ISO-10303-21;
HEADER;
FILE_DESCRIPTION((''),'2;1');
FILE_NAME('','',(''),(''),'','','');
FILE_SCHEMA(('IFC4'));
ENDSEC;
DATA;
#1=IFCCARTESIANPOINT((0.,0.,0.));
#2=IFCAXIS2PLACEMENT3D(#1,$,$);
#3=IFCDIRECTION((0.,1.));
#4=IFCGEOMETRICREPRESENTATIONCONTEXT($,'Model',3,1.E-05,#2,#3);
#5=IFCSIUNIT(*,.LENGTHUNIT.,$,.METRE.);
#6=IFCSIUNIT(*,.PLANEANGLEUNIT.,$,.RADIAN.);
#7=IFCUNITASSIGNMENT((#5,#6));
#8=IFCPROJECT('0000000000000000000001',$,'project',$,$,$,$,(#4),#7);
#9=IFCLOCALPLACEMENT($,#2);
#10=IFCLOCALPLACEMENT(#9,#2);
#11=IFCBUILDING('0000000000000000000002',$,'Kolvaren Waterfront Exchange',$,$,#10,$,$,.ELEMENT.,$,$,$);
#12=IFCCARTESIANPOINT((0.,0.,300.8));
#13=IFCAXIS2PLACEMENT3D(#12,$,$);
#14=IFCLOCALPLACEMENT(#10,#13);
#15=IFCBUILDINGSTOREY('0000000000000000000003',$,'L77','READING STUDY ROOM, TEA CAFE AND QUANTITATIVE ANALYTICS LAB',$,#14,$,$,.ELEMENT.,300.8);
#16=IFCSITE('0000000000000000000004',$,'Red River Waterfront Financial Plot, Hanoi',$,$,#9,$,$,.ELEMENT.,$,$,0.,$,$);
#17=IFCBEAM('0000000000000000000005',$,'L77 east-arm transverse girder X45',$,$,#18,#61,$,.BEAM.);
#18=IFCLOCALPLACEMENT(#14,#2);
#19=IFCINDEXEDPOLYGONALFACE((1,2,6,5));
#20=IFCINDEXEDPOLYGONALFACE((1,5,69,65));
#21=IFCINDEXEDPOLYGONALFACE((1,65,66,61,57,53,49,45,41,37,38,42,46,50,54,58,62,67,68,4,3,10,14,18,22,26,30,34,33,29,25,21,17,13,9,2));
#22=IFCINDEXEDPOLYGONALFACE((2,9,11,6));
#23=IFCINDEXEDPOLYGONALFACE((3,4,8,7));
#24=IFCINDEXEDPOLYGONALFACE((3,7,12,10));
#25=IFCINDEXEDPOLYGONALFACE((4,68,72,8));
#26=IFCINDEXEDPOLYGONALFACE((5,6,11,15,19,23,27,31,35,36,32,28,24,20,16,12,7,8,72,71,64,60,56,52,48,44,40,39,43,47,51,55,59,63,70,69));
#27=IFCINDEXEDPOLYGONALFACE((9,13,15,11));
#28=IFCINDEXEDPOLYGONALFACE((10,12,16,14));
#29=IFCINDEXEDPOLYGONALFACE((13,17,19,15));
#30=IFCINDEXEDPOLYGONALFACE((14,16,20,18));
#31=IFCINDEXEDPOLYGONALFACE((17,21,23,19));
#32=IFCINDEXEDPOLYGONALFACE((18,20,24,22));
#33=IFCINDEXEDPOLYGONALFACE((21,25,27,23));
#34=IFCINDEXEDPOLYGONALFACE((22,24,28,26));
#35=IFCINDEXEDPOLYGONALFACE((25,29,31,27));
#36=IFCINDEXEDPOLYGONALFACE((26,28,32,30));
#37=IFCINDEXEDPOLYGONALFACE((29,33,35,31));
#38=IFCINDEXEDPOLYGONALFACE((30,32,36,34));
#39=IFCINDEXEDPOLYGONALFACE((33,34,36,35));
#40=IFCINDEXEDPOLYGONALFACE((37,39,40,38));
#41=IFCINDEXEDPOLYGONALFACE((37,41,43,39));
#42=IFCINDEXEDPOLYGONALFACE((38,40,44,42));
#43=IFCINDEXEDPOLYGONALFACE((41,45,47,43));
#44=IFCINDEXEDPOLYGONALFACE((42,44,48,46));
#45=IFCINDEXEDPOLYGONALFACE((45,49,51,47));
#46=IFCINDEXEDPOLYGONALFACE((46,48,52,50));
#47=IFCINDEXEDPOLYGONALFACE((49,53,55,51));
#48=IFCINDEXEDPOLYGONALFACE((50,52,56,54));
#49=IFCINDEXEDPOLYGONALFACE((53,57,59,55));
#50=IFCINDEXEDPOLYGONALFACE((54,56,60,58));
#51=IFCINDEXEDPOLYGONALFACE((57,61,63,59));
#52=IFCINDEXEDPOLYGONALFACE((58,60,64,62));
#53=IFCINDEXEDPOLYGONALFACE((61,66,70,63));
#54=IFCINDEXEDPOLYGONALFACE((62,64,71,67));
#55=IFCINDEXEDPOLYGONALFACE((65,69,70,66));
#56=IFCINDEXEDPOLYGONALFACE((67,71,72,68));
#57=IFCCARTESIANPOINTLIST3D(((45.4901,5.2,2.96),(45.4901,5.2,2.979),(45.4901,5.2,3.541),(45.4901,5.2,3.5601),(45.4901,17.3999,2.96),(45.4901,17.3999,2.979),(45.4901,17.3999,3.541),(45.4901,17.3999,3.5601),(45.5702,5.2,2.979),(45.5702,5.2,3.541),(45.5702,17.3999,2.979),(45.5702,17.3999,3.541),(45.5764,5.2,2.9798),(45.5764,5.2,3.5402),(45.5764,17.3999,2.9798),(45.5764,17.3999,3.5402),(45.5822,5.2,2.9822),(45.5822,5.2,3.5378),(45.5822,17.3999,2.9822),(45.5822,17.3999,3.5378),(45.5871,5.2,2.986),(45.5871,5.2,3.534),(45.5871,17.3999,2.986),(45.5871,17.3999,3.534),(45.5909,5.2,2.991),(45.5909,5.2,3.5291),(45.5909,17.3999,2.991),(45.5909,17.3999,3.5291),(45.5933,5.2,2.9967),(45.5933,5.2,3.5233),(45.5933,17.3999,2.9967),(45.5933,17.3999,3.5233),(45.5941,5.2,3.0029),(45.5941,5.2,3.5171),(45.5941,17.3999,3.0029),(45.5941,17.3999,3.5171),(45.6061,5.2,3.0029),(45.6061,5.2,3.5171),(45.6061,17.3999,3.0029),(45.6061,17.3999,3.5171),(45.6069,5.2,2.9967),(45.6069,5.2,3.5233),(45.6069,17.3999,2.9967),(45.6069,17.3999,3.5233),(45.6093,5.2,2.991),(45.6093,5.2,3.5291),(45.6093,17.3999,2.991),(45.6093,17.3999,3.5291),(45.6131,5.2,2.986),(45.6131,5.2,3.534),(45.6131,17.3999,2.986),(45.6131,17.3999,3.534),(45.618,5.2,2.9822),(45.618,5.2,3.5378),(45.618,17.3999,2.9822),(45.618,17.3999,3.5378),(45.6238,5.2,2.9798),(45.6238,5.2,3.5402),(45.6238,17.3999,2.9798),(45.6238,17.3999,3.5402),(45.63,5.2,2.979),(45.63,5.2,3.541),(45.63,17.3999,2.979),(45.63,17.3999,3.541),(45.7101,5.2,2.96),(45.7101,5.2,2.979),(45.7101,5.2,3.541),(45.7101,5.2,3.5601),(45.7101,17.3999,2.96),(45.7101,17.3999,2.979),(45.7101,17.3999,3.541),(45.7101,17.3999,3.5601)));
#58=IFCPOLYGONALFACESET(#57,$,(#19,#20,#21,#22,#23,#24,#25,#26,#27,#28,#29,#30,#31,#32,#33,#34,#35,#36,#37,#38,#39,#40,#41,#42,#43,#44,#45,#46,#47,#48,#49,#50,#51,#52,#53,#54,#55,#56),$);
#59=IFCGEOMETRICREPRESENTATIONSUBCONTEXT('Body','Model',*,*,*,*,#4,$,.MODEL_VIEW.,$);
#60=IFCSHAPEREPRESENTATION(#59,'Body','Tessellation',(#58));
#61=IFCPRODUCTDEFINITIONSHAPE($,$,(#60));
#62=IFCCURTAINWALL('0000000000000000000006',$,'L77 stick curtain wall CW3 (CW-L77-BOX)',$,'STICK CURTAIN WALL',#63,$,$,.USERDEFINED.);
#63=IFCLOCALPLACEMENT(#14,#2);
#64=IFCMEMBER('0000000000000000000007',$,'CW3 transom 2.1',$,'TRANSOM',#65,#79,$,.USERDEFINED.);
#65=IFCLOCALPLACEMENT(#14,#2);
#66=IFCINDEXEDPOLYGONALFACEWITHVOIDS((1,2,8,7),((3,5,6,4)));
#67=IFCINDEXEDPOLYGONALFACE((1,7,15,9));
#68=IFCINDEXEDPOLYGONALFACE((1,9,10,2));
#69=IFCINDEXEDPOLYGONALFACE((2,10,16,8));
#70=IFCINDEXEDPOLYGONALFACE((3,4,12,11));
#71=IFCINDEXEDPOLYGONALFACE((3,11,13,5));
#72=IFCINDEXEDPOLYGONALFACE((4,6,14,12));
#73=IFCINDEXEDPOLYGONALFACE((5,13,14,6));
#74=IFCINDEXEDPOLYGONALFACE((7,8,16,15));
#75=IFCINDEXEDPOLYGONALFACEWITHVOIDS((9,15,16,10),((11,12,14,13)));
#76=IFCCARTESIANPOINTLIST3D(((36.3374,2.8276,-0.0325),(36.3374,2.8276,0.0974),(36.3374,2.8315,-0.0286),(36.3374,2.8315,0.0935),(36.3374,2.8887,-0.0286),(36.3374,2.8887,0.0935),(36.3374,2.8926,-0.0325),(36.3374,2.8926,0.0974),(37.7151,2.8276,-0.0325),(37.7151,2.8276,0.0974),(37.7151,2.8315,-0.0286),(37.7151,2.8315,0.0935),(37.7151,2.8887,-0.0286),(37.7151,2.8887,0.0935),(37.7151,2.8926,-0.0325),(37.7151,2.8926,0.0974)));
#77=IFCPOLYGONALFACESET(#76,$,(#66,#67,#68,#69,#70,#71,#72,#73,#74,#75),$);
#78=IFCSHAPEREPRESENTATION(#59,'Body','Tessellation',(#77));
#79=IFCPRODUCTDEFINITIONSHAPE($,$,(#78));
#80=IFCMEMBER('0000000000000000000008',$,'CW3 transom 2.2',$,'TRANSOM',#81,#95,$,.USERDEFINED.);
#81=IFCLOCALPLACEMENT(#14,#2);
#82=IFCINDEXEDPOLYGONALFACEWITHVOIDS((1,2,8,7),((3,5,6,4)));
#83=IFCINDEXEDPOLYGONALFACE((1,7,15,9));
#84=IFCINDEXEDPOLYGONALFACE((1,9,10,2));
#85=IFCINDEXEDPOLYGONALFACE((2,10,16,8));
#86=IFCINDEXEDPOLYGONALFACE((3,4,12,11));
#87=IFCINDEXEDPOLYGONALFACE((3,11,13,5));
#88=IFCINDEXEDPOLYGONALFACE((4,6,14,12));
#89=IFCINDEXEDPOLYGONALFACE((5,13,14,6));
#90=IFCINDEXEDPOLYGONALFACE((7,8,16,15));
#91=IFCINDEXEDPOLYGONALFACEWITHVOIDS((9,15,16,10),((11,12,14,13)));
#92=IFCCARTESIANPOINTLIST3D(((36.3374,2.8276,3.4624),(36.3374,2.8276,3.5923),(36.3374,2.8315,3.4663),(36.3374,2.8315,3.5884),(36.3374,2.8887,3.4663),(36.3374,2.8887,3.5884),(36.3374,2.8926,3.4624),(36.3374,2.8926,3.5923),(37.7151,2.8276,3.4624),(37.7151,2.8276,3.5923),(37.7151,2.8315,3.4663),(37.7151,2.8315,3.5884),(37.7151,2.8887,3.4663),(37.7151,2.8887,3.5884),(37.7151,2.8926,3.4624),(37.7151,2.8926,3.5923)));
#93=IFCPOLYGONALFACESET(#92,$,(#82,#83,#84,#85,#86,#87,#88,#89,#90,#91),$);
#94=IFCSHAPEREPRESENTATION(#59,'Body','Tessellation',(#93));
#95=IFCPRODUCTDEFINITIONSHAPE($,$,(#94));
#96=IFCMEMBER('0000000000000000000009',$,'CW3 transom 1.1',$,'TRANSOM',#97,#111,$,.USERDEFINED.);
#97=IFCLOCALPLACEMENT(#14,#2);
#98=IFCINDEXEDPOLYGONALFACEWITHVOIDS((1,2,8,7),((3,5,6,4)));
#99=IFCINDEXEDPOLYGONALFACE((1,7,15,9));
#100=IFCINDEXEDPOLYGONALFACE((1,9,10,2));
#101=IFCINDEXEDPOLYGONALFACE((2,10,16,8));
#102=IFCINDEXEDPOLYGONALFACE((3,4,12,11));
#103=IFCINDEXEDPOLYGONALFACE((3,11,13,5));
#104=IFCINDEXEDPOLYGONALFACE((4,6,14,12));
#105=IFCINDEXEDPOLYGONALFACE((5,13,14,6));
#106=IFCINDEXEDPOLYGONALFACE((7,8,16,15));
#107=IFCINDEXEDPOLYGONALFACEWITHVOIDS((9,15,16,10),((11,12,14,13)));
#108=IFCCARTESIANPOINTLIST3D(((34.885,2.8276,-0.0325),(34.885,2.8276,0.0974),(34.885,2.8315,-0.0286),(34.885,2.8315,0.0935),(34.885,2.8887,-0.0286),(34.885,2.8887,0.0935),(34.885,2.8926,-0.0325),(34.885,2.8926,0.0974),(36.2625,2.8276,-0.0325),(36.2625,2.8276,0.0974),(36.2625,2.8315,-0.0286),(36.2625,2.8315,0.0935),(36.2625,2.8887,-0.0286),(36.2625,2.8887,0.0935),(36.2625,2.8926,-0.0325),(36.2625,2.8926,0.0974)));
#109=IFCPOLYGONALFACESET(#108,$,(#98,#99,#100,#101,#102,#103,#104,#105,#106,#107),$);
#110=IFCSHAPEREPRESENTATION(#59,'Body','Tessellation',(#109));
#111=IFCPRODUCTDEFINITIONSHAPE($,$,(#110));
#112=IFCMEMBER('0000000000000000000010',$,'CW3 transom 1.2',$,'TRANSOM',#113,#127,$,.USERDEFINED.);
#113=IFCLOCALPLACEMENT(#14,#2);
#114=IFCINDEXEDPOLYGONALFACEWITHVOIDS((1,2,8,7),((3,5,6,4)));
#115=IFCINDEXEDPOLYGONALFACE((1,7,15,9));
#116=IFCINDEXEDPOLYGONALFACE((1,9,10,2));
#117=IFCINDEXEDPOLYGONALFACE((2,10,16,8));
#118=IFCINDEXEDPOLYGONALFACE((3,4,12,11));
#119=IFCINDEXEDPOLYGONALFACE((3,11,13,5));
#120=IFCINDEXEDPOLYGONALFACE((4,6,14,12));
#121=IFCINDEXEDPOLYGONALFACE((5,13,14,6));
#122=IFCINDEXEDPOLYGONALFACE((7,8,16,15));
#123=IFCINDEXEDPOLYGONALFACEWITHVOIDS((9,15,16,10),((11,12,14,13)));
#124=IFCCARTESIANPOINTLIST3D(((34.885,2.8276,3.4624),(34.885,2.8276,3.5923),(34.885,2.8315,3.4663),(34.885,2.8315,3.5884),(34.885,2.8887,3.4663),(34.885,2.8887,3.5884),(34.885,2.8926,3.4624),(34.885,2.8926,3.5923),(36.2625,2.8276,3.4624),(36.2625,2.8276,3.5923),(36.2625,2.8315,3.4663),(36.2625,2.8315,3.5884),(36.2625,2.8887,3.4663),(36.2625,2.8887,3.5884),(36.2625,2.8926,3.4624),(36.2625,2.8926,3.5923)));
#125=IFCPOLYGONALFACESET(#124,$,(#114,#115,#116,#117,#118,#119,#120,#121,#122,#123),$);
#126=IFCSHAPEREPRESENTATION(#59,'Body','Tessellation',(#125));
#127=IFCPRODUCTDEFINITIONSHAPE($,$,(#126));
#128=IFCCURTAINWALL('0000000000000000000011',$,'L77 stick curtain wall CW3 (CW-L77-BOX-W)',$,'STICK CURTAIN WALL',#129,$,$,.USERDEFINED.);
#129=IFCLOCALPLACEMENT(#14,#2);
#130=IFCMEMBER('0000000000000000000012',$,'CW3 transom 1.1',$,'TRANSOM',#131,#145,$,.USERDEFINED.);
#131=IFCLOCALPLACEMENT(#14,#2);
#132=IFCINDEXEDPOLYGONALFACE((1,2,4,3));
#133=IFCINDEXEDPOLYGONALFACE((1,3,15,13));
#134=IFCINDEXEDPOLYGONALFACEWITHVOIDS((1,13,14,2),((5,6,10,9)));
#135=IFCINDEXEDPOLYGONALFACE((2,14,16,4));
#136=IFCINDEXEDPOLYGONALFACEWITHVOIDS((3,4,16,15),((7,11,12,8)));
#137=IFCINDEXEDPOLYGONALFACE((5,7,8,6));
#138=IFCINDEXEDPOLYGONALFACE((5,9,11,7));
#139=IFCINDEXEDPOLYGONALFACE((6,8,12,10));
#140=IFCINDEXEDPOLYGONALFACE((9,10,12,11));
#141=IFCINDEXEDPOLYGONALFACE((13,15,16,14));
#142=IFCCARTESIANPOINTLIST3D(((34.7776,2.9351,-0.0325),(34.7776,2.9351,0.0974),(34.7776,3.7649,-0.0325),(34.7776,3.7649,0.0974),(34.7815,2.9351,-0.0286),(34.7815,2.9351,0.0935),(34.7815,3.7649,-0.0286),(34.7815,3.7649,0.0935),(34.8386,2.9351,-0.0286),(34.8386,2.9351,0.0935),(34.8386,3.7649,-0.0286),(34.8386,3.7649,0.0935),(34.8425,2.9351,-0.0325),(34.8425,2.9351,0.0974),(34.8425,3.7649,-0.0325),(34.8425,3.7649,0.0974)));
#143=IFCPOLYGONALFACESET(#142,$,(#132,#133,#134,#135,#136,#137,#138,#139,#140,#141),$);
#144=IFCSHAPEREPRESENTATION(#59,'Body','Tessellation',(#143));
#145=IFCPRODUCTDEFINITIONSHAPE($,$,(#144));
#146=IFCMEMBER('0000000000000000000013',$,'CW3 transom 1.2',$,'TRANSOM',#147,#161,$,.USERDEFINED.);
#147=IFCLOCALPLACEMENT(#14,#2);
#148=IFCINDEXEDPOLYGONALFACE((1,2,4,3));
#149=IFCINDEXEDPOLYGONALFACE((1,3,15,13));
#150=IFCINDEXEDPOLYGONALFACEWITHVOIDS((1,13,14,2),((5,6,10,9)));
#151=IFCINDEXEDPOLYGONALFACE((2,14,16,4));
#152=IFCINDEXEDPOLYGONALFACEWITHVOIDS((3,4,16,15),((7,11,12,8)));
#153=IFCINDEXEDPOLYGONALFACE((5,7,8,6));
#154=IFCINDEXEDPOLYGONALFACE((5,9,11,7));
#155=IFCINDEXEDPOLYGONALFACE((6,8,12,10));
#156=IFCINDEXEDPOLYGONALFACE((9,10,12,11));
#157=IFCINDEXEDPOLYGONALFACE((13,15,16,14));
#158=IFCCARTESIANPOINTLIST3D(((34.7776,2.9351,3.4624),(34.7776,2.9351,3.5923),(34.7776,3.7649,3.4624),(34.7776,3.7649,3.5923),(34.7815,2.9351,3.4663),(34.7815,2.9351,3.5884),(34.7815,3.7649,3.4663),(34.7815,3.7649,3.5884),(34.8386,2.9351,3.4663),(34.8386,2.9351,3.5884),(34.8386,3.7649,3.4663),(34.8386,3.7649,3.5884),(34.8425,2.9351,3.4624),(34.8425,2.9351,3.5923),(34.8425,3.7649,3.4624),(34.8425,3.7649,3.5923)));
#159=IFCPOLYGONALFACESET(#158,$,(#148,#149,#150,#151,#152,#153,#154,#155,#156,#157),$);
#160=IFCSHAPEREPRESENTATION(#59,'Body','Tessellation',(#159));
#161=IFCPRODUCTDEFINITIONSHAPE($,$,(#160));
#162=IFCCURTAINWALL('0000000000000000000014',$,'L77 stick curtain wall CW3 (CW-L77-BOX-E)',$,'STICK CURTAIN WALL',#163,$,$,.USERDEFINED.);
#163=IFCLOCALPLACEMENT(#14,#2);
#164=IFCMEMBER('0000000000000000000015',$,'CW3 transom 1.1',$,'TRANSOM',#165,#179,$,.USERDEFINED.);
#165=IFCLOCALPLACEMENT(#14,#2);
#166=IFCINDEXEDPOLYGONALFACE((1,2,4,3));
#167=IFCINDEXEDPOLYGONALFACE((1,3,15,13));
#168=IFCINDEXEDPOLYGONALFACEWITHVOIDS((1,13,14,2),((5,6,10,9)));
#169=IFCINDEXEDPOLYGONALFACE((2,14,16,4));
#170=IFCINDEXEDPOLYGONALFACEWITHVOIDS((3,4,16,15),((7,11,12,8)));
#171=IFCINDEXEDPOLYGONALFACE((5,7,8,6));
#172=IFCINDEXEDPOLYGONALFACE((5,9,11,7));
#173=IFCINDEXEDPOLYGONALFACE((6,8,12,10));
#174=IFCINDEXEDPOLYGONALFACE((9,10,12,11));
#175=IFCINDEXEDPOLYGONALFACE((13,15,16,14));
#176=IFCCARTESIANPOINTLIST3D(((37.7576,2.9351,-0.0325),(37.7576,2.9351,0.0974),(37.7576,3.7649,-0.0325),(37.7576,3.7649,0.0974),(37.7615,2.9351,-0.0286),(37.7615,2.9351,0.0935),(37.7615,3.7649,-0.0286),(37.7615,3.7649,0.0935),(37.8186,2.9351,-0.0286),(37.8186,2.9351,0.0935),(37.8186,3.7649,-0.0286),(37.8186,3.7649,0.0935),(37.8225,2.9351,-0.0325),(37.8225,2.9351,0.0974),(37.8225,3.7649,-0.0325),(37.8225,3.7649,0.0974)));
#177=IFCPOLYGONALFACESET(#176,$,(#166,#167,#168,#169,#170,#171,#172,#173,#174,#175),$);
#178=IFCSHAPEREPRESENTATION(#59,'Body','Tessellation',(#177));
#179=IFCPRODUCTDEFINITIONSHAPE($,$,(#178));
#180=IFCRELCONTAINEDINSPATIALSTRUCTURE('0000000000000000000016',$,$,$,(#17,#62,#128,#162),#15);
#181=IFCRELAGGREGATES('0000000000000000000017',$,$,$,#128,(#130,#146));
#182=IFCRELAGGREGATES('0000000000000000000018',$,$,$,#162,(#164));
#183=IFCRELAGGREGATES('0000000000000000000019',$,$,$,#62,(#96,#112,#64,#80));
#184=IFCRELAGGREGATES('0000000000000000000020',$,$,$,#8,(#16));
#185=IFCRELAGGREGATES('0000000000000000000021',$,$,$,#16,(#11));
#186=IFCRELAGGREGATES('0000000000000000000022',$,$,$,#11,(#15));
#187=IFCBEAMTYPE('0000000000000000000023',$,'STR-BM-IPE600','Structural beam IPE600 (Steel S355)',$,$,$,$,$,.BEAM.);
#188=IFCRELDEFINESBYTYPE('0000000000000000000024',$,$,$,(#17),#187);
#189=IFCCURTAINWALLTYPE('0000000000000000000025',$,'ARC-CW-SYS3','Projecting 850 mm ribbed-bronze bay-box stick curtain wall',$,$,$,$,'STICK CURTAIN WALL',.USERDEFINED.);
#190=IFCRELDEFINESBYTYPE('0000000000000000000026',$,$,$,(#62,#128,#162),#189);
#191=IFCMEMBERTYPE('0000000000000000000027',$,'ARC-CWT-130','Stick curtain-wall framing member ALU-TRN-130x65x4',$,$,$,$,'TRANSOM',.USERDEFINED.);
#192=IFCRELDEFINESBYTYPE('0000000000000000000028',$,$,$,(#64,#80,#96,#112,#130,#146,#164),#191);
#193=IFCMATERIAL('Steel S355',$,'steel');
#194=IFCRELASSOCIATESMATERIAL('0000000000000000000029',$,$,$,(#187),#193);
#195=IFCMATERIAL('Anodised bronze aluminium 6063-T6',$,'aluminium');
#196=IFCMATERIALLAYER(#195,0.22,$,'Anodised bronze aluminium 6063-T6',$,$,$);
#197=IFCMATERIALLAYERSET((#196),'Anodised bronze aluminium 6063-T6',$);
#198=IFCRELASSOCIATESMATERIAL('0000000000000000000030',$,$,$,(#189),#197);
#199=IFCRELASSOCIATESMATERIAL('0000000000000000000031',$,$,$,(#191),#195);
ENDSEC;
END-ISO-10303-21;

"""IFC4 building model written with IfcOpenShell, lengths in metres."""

from ifc_helpers import new_model, si_unit, direction, frame, origin, origin_with_axes, origin_2d, place, context, subcontext, project, spatial, hollow_rectangle, i_section, extrude, source, transform, mapped, material, layer, layer_set, material_profile, profile_set, type_object, element, aggregate, save


model = new_model("IFC4")

# Units and contexts
model_context = context("Model", 3, precision=1e-05, world=origin(), true_north=direction((0.0, 1.0)))
body_context = subcontext(model_context, "Body", "Model", "MODEL_VIEW")
ifc_project = project(units=[si_unit("LENGTHUNIT", "METRE"), si_unit("PLANEANGLEUNIT", "RADIAN")], contexts=[model_context])

# Site, building, storey
site_placement = place(None, origin())
site = spatial("IfcSite", under=ifc_project, at=site_placement, Name="Red River Waterfront Financial Plot, Hanoi", CompositionType="ELEMENT", RefElevation=0.0)
building_placement = place(site_placement, origin())
building = spatial("IfcBuilding", under=site, at=building_placement, Name="Kolvaren Waterfront Exchange", CompositionType="ELEMENT")
storey_placement = place(building_placement, frame((0.0, 0.0, 300.8)))
storey = spatial("IfcBuildingStorey", under=building, at=storey_placement, Name="L77", Description="READING STUDY ROOM, TEA CAFE AND QUANTITATIVE ANALYTICS LAB", CompositionType="ELEMENT", Elevation=300.8)

# Beam
ifc_material_1 = material(Name="Steel S355", Category="steel")
ifc_material_profile_1 = material_profile(ifc_material_1, i_section(OverallWidth=0.22, OverallDepth=0.6001, WebThickness=0.012, FlangeThickness=0.019, FilletRadius=0.0239, at=origin_2d()), Name="IPE600")
ifc_profile_set_1 = profile_set([ifc_material_profile_1], Name="Steel S355")
beam_type_1 = type_object("IfcBeamType", Name="STR-BM-IPE600", Description="Structural beam IPE600 (Steel S355)", PredefinedType="BEAM", material=ifc_profile_set_1)
for number, where, z_axis, x_axis, name in (
    (1, (45.6001, 5.2, 3.26), (0.0, 1.0, 0.0), (-1.0, 0.0, 0.0), "L77 east-arm transverse girder X45"),
):
    element("IfcBeam", number, at=place(storey_placement, frame(where, z_axis=z_axis, x_axis=x_axis)), inside=storey, type_object=beam_type_1, Name=name, PredefinedType="BEAM", context=body_context, shape_type="SweptSolid", body=[
        extrude(i_section(OverallWidth=0.22, OverallDepth=0.6001, WebThickness=0.012, FlangeThickness=0.019, FilletRadius=0.0239, at=origin_2d()), origin(), (0.0, 0.0, 1.0), 12.2),
    ])

# Curtain walls, members
ifc_material_2 = material(Name="Anodised bronze aluminium 6063-T6", Category="aluminium")
ifc_layer_1 = layer(ifc_material_2, 0.22, Name="Anodised bronze aluminium 6063-T6")
ifc_layer_set_1 = layer_set([ifc_layer_1], Name="Anodised bronze aluminium 6063-T6")
curtain_wall_type_1 = type_object("IfcCurtainWallType", Name="ARC-CW-SYS3", Description="Projecting 850 mm ribbed-bronze bay-box stick curtain wall", ElementType="STICK CURTAIN WALL", PredefinedType="USERDEFINED", material=ifc_layer_set_1)
curtain_wall_1_placement = place(storey_placement, origin())
curtain_wall_1 = element("IfcCurtainWall", 2, at=curtain_wall_1_placement, inside=storey, type_object=curtain_wall_type_1, Name="L77 stick curtain wall CW3 (CW-L77-BOX)", ObjectType="STICK CURTAIN WALL", PredefinedType="USERDEFINED")
ifc_material_profile_2 = material_profile(ifc_material_2, hollow_rectangle(XDim=0.0649, YDim=0.1299, WallThickness=0.0039, at=origin_2d()), Name="ALU-TRN-130x65x4")
ifc_profile_set_2 = profile_set([ifc_material_profile_2], Name="Anodised bronze aluminium 6063-T6")
member_type_1 = type_object("IfcMemberType", Name="ARC-CWT-130", Description="Stick curtain-wall framing member ALU-TRN-130x65x4", ElementType="TRANSOM", PredefinedType="USERDEFINED", material=ifc_profile_set_2)
shared_shape_1 = source(origin_with_axes(), body_context, "Body", "SweptSolid", [
    extrude(hollow_rectangle(XDim=0.0649, YDim=0.1299, WallThickness=0.0039, at=origin_2d()), origin(), (0.0, 0.0, 1.0), 1.3777),
])
member_1_placement = place(storey_placement, frame((36.3374, 2.8601, 0.0325), z_axis=(1.0, 0.0, 0.0), x_axis=(0.0, 1.0, 0.0)))
member_1 = element("IfcMember", 3, at=member_1_placement, type_object=member_type_1, Name="CW3 transom 2.1", ObjectType="TRANSOM", PredefinedType="USERDEFINED", context=body_context, shape_type="MappedRepresentation", body=[
    mapped(shared_shape_1, transform((0.0, 0.0, 0.0), x_axis=(1.0, 0.0, 0.0), y_axis=(0.0, 1.0, 0.0), z_axis=(0.0, 0.0, 1.0), scale=1.0)),
])
member_2_placement = place(storey_placement, frame((36.3374, 2.8601, 3.5273), z_axis=(1.0, 0.0, 0.0), x_axis=(0.0, 1.0, 0.0)))
member_2 = element("IfcMember", 4, at=member_2_placement, type_object=member_type_1, Name="CW3 transom 2.2", ObjectType="TRANSOM", PredefinedType="USERDEFINED", context=body_context, shape_type="MappedRepresentation", body=[
    mapped(shared_shape_1, transform((0.0, 0.0, 0.0), x_axis=(1.0, 0.0, 0.0), y_axis=(0.0, 1.0, 0.0), z_axis=(0.0, 0.0, 1.0), scale=1.0)),
])
shared_shape_2 = source(origin_with_axes(), body_context, "Body", "SweptSolid", [
    extrude(hollow_rectangle(XDim=0.0649, YDim=0.1299, WallThickness=0.0039, at=origin_2d()), origin(), (0.0, 0.0, 1.0), 1.3774),
])
member_3_placement = place(storey_placement, frame((34.885, 2.8601, 0.0325), z_axis=(1.0, 0.0, 0.0), x_axis=(0.0, 1.0, 0.0)))
member_3 = element("IfcMember", 5, at=member_3_placement, type_object=member_type_1, Name="CW3 transom 1.1", ObjectType="TRANSOM", PredefinedType="USERDEFINED", context=body_context, shape_type="MappedRepresentation", body=[
    mapped(shared_shape_2, transform((0.0, 0.0, 0.0), x_axis=(1.0, 0.0, 0.0), y_axis=(0.0, 1.0, 0.0), z_axis=(0.0, 0.0, 1.0), scale=1.0)),
])
member_4_placement = place(storey_placement, frame((34.885, 2.8601, 3.5273), z_axis=(1.0, 0.0, 0.0), x_axis=(0.0, 1.0, 0.0)))
member_4 = element("IfcMember", 6, at=member_4_placement, type_object=member_type_1, Name="CW3 transom 1.2", ObjectType="TRANSOM", PredefinedType="USERDEFINED", context=body_context, shape_type="MappedRepresentation", body=[
    mapped(shared_shape_2, transform((0.0, 0.0, 0.0), x_axis=(1.0, 0.0, 0.0), y_axis=(0.0, 1.0, 0.0), z_axis=(0.0, 0.0, 1.0), scale=1.0)),
])
curtain_wall_2_placement = place(storey_placement, origin())
curtain_wall_2 = element("IfcCurtainWall", 7, at=curtain_wall_2_placement, inside=storey, type_object=curtain_wall_type_1, Name="L77 stick curtain wall CW3 (CW-L77-BOX-W)", ObjectType="STICK CURTAIN WALL", PredefinedType="USERDEFINED")
shared_shape_3 = source(origin_with_axes(), body_context, "Body", "SweptSolid", [
    extrude(hollow_rectangle(XDim=0.0649, YDim=0.1299, WallThickness=0.0039, at=origin_2d()), origin(), (0.0, 0.0, 1.0), 0.8298),
])
member_5_placement = place(storey_placement, frame((34.8101, 3.7649, 0.0325), z_axis=(0.0, -1.0, 0.0), x_axis=(1.0, 0.0, 0.0)))
member_5 = element("IfcMember", 8, at=member_5_placement, type_object=member_type_1, Name="CW3 transom 1.1", ObjectType="TRANSOM", PredefinedType="USERDEFINED", context=body_context, shape_type="MappedRepresentation", body=[
    mapped(shared_shape_3, transform((0.0, 0.0, 0.0), x_axis=(1.0, 0.0, 0.0), y_axis=(0.0, 1.0, 0.0), z_axis=(0.0, 0.0, 1.0), scale=1.0)),
])
member_6_placement = place(storey_placement, frame((34.8101, 3.7649, 3.5273), z_axis=(0.0, -1.0, 0.0), x_axis=(1.0, 0.0, 0.0)))
member_6 = element("IfcMember", 9, at=member_6_placement, type_object=member_type_1, Name="CW3 transom 1.2", ObjectType="TRANSOM", PredefinedType="USERDEFINED", context=body_context, shape_type="MappedRepresentation", body=[
    mapped(shared_shape_3, transform((0.0, 0.0, 0.0), x_axis=(1.0, 0.0, 0.0), y_axis=(0.0, 1.0, 0.0), z_axis=(0.0, 0.0, 1.0), scale=1.0)),
])
curtain_wall_3_placement = place(storey_placement, origin())
curtain_wall_3 = element("IfcCurtainWall", 10, at=curtain_wall_3_placement, inside=storey, type_object=curtain_wall_type_1, Name="L77 stick curtain wall CW3 (CW-L77-BOX-E)", ObjectType="STICK CURTAIN WALL", PredefinedType="USERDEFINED")
member_7_placement = place(storey_placement, frame((37.79, 2.9351, 0.0325), z_axis=(0.0, 1.0, 0.0), x_axis=(-1.0, 0.0, 0.0)))
member_7 = element("IfcMember", 11, at=member_7_placement, type_object=member_type_1, Name="CW3 transom 1.1", ObjectType="TRANSOM", PredefinedType="USERDEFINED", context=body_context, shape_type="MappedRepresentation", body=[
    mapped(shared_shape_3, transform((0.0, 0.0, 0.0), x_axis=(1.0, 0.0, 0.0), y_axis=(0.0, 1.0, 0.0), z_axis=(0.0, 0.0, 1.0), scale=1.0)),
])

aggregate(curtain_wall_2, [member_5, member_6])
aggregate(curtain_wall_3, [member_7])
aggregate(curtain_wall_1, [member_3, member_4, member_1, member_2])

save(model, "model.ifc")
